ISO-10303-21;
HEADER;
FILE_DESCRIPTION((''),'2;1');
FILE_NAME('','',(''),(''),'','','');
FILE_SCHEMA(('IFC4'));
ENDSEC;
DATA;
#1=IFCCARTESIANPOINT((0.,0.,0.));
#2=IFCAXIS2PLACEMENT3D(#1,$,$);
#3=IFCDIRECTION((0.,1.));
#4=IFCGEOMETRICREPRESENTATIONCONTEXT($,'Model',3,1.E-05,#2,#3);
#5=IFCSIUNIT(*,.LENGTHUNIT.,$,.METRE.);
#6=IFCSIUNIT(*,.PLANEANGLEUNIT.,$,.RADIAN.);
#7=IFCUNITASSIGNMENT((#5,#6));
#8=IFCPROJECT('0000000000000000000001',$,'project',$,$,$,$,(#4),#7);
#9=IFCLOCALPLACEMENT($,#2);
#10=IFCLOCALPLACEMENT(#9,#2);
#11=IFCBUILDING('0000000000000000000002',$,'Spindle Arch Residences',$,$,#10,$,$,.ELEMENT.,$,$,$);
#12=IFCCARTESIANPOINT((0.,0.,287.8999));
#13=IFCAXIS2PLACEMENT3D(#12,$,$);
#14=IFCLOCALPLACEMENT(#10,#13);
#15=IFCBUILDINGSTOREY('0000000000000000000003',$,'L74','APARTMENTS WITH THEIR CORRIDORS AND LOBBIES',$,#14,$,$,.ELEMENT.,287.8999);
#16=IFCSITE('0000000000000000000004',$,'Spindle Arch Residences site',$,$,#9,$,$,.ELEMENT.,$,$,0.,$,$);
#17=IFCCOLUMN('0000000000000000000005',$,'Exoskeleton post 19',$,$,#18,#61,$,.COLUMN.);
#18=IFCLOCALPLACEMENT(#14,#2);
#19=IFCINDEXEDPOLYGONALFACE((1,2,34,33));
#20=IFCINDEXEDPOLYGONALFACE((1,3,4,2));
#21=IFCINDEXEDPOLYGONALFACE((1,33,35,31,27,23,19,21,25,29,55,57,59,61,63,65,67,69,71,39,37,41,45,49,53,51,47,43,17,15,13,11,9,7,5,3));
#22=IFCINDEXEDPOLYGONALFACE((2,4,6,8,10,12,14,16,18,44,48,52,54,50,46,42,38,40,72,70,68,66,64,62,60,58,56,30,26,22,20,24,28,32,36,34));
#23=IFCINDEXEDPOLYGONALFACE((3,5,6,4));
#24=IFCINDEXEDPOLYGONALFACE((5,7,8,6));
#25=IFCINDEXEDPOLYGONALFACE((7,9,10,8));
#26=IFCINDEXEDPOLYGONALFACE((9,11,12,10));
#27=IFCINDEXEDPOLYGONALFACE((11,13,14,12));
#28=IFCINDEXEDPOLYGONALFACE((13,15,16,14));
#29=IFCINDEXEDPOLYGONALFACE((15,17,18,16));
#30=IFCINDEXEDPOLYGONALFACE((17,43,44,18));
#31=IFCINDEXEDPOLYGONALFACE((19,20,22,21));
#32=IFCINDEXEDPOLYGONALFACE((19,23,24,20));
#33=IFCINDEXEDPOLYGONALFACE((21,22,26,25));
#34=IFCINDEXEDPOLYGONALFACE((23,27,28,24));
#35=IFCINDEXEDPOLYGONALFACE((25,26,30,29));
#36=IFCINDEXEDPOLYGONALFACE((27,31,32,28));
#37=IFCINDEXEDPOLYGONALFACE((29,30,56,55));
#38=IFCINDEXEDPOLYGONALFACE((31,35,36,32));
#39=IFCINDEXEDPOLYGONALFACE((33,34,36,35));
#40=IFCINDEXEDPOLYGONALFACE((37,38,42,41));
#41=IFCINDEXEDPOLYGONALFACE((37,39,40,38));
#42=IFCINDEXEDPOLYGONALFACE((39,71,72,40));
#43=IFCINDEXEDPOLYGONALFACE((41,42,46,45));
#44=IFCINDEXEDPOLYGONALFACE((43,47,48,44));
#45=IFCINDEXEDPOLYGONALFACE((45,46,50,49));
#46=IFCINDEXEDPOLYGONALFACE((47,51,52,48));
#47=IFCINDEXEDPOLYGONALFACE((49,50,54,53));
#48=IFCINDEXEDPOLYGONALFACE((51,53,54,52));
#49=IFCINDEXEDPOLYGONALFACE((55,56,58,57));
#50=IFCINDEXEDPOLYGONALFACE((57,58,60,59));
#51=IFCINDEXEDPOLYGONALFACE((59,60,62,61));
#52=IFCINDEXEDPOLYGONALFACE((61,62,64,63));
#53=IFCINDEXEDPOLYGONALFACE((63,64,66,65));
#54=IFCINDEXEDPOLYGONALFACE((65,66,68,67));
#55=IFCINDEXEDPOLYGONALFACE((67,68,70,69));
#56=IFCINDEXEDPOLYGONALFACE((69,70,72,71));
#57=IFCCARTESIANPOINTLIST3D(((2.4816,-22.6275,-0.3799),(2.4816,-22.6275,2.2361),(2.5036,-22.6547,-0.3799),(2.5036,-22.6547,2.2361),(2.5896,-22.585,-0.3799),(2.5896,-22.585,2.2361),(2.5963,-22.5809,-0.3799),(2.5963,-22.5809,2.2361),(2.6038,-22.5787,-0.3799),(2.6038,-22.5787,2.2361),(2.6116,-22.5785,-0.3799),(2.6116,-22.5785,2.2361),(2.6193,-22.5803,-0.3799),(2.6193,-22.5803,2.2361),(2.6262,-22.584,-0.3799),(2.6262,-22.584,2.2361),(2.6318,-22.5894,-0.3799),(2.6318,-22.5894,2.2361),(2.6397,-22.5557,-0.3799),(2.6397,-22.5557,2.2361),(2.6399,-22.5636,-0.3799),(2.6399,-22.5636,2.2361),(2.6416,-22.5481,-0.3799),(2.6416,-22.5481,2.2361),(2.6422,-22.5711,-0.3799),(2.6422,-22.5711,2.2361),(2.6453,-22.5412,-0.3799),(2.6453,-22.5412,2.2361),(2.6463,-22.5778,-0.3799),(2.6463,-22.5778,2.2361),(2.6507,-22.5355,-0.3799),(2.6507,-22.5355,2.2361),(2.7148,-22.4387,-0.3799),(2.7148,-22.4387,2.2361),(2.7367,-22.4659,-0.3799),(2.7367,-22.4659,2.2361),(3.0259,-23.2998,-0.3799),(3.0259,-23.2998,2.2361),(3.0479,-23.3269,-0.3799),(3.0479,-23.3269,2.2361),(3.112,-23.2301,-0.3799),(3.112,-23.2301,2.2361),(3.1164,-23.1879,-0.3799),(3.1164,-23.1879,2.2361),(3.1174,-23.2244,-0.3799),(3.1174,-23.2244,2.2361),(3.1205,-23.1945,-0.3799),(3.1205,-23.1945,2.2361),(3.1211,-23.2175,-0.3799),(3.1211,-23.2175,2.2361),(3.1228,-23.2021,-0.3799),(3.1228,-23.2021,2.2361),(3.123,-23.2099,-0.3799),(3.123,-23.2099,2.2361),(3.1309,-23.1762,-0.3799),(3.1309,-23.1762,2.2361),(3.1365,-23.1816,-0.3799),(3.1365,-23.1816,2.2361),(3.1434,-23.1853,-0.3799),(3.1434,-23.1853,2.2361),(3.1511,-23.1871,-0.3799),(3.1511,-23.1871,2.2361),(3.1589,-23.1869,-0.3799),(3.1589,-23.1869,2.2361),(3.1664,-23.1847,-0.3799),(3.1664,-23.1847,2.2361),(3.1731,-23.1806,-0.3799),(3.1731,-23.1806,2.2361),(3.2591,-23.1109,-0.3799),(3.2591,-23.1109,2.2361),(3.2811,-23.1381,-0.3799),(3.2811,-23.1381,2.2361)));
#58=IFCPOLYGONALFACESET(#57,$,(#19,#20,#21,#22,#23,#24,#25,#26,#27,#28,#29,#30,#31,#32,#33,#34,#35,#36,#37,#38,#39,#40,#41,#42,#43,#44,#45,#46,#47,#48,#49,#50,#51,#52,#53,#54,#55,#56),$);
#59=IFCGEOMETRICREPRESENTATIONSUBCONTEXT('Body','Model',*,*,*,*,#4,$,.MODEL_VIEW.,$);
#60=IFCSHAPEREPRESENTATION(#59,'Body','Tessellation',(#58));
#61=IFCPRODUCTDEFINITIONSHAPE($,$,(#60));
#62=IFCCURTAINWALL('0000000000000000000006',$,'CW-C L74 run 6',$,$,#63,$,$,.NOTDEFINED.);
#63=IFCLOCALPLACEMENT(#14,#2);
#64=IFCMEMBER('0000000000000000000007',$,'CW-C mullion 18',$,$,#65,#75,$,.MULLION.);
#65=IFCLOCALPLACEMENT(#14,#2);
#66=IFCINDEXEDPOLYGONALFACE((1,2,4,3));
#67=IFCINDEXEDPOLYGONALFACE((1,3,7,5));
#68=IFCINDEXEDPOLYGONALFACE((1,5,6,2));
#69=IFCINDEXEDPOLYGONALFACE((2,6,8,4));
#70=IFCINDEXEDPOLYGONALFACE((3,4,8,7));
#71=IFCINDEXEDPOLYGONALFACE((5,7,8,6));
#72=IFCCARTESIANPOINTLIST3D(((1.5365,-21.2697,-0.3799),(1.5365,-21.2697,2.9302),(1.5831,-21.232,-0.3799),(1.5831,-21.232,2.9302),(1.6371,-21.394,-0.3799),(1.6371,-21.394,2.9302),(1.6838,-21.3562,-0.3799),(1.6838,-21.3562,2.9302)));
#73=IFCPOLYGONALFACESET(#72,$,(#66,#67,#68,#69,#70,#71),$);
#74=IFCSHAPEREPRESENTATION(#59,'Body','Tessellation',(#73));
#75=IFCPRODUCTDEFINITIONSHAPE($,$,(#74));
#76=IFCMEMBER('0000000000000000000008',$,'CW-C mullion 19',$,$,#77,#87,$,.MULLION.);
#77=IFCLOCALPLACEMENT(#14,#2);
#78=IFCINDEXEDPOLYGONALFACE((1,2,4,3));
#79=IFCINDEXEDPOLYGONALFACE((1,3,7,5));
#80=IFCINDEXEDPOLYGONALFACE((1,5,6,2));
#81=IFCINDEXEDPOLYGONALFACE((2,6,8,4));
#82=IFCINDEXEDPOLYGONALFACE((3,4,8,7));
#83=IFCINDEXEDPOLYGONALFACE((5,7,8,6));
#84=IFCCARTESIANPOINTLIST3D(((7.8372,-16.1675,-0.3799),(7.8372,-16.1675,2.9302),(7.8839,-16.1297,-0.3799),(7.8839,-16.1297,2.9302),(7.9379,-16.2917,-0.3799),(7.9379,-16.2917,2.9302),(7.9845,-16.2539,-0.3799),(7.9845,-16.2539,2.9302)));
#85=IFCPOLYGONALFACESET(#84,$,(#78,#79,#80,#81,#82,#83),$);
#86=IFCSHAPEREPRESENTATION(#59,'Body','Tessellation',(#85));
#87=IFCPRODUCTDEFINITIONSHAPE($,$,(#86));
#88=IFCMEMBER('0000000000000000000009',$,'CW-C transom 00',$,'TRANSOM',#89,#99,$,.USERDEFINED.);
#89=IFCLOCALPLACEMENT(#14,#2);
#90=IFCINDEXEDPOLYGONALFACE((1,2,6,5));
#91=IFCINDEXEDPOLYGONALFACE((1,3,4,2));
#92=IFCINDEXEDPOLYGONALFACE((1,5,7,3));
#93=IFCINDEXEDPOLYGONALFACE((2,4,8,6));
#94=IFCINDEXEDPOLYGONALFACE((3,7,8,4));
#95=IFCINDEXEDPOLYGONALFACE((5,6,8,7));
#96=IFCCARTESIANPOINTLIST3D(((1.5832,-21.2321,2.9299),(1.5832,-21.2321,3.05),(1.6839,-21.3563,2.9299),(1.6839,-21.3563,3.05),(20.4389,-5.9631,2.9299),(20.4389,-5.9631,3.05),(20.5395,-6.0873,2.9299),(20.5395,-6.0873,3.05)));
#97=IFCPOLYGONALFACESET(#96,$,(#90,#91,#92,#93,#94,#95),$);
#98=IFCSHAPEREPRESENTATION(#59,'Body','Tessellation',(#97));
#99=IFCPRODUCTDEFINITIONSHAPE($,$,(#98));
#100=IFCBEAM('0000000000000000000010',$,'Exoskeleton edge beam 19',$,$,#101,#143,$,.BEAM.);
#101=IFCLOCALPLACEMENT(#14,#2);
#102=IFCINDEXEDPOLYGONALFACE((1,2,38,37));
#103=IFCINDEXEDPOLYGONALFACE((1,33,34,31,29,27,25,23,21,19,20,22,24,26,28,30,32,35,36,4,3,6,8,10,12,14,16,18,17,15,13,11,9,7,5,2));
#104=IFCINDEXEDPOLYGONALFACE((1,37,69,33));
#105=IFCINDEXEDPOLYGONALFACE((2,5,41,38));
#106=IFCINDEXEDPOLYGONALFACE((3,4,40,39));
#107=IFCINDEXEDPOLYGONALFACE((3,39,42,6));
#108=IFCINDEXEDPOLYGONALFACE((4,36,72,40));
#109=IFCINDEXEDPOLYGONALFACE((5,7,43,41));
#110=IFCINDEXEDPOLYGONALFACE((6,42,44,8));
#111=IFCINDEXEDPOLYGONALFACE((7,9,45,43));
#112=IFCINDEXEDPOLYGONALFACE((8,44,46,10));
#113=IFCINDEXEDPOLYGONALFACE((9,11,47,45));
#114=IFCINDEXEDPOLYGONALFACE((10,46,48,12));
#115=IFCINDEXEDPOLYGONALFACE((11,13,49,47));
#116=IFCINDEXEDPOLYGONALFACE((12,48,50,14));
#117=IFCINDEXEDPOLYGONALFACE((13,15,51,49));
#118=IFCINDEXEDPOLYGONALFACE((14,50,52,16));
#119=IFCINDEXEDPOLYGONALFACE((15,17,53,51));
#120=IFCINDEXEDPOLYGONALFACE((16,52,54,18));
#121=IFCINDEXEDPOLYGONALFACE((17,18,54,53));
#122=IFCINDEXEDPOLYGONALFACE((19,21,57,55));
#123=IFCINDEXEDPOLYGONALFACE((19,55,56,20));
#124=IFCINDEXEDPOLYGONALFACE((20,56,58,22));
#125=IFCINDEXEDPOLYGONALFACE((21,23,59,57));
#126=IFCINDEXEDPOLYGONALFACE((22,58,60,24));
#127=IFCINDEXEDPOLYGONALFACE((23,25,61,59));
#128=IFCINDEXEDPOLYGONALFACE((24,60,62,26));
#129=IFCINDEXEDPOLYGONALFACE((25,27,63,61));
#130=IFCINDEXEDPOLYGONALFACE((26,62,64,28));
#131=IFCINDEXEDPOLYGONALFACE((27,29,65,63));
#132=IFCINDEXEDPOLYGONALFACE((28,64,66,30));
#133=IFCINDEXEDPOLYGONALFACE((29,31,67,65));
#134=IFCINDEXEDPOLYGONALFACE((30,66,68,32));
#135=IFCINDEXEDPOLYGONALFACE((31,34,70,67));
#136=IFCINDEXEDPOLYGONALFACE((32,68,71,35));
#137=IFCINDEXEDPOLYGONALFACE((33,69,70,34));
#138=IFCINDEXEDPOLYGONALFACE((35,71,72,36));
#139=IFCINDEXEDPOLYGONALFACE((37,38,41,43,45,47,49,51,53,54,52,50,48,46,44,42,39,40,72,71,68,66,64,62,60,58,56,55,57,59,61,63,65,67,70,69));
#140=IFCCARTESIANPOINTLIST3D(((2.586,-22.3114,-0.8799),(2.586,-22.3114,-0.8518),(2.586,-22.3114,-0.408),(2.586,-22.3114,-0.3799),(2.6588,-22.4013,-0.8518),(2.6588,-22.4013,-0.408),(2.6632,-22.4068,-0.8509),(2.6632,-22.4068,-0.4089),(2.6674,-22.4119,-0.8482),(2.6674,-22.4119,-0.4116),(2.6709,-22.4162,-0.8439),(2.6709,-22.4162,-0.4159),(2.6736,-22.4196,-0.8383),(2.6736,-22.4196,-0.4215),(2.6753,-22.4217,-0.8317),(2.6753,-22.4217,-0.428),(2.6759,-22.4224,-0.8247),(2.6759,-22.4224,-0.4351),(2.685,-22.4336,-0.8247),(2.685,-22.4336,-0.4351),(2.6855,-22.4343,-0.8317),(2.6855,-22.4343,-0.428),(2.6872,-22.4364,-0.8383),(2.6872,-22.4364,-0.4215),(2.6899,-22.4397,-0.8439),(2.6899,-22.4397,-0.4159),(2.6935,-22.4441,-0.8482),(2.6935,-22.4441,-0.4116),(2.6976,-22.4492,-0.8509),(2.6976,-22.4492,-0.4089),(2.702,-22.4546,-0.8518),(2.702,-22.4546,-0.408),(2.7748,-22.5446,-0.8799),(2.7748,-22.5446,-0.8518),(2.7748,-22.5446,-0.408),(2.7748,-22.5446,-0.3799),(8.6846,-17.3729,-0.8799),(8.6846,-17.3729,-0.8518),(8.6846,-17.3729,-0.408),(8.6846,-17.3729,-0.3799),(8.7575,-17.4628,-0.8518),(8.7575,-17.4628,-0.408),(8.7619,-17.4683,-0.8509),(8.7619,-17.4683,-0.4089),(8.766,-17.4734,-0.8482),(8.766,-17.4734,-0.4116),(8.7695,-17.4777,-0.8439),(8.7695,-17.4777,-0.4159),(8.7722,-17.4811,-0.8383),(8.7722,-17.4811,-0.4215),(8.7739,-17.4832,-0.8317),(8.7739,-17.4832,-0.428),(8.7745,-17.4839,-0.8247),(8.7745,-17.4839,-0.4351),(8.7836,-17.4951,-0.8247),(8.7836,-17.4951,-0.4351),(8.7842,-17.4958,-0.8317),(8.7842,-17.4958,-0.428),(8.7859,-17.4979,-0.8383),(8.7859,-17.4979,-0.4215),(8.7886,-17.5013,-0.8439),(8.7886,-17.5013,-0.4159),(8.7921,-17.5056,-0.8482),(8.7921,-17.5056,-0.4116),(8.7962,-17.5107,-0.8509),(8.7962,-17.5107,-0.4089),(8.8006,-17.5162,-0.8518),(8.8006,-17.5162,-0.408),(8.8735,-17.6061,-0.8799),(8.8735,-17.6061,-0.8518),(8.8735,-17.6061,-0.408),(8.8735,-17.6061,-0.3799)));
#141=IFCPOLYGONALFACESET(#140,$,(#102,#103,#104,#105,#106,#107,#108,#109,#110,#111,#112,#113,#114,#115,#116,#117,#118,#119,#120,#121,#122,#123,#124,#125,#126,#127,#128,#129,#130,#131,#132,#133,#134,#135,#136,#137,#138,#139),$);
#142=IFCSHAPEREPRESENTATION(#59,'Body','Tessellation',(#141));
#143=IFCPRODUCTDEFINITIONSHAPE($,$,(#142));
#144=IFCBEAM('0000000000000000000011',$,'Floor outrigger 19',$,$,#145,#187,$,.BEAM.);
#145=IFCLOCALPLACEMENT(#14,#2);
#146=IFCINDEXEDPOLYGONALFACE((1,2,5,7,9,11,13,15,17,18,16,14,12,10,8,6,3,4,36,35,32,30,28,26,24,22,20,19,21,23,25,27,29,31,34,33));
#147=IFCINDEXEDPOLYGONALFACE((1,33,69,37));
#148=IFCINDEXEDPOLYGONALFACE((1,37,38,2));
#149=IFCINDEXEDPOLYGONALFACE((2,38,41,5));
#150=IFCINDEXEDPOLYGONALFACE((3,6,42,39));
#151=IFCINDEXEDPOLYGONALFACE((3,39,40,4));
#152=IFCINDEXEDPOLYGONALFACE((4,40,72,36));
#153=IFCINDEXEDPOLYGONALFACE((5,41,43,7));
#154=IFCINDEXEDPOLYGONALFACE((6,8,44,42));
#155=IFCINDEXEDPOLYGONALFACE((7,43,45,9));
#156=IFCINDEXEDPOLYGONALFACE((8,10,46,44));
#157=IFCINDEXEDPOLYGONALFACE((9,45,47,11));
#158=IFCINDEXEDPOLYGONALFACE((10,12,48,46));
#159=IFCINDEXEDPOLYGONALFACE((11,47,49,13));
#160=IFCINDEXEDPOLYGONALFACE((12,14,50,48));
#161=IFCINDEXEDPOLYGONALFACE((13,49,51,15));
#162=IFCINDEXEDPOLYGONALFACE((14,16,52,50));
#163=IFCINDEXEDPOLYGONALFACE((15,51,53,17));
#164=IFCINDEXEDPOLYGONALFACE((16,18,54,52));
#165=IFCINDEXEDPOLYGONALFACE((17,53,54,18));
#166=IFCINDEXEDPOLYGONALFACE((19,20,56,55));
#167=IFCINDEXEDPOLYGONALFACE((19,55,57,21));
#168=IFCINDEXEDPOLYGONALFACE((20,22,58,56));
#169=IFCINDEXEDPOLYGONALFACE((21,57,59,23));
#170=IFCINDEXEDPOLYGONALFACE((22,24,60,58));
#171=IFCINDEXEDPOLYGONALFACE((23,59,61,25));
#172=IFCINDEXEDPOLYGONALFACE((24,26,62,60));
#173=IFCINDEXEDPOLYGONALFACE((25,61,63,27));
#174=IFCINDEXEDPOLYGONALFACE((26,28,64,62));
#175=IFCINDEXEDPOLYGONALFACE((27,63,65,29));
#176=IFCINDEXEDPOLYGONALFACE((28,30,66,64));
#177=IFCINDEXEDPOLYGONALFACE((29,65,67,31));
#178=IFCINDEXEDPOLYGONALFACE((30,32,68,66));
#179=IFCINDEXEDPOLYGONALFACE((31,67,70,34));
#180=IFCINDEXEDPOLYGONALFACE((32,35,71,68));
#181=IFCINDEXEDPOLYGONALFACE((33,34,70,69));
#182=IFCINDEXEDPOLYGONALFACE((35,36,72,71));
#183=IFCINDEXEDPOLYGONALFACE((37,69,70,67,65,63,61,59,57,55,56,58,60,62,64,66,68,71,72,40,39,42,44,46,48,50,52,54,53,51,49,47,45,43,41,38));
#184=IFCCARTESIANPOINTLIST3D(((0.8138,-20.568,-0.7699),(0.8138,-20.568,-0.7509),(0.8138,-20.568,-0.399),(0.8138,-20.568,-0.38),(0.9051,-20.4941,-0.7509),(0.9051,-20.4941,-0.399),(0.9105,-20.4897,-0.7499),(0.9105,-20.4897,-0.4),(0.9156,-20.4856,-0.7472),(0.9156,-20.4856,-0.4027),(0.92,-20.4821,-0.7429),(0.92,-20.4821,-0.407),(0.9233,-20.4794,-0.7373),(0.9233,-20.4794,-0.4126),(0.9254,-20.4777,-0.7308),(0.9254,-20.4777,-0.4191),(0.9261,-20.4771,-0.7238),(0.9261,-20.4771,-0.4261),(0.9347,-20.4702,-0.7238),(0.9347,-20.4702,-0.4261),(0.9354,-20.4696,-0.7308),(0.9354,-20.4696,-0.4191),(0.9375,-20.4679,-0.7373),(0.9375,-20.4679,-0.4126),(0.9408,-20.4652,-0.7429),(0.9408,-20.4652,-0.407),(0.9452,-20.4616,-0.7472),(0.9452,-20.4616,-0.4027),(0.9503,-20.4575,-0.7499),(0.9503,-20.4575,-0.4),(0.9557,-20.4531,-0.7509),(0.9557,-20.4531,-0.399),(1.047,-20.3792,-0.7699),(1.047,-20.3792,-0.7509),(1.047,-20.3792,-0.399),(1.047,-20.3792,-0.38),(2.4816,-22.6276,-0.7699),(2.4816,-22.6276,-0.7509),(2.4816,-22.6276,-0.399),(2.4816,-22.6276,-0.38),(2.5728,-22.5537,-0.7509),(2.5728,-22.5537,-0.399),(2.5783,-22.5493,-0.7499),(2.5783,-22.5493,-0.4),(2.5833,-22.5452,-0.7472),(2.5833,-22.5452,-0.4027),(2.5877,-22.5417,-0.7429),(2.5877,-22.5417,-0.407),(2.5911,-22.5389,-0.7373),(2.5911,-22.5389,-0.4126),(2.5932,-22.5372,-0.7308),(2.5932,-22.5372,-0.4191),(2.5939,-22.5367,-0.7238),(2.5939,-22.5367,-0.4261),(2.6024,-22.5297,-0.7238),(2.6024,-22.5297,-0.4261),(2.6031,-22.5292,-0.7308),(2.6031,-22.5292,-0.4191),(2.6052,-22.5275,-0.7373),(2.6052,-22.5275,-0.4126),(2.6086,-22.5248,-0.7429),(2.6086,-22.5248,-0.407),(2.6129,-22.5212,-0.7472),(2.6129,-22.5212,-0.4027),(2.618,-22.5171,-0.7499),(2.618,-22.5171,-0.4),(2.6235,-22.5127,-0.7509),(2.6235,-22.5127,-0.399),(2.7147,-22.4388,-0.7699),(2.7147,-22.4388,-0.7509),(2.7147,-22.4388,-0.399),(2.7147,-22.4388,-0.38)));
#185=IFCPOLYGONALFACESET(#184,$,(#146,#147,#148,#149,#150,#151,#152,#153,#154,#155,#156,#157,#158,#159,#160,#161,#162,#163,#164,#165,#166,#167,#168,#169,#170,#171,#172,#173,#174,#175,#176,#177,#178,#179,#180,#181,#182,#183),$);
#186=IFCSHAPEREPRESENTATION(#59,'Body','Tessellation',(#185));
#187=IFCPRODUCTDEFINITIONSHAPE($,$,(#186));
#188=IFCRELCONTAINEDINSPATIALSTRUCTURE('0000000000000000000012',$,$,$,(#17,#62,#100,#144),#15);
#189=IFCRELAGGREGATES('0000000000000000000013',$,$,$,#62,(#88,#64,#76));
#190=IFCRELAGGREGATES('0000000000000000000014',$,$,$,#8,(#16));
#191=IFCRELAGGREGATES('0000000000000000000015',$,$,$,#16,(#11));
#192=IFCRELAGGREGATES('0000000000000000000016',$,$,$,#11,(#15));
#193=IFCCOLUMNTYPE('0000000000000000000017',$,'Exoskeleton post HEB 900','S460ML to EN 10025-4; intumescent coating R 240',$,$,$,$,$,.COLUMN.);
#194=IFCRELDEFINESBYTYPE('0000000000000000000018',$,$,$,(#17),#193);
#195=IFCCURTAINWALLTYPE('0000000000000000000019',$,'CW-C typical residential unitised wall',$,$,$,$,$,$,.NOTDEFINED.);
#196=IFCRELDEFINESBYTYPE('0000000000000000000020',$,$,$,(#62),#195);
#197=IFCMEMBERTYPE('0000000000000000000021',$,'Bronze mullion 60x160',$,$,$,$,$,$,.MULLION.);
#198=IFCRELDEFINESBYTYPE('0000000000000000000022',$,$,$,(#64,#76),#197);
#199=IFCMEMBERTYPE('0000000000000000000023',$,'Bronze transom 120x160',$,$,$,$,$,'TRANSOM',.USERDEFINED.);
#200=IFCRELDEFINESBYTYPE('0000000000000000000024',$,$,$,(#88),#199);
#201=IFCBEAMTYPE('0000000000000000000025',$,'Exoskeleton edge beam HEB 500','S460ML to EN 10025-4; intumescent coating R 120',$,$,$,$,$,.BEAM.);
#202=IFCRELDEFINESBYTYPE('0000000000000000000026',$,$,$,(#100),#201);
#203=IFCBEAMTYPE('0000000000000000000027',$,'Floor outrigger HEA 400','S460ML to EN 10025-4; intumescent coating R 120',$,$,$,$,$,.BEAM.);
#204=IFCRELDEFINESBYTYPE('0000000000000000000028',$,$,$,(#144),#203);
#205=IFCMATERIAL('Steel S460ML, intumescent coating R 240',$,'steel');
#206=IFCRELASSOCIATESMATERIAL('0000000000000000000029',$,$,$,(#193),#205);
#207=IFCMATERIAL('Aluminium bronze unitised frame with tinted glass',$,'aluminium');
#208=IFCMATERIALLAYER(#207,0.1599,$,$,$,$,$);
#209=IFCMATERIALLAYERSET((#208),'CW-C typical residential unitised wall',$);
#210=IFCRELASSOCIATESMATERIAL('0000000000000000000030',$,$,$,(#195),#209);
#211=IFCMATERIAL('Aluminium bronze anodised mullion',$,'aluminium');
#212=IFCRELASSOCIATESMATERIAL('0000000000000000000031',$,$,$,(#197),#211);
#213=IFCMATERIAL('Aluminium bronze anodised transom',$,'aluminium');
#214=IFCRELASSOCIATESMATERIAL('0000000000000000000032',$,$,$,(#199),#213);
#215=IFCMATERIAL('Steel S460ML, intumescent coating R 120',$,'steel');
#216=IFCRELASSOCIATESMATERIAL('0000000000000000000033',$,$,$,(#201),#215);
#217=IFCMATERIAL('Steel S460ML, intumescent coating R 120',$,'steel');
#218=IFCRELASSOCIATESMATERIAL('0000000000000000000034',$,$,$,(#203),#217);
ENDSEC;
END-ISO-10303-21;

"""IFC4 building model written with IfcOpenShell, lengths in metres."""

from ifc_helpers import new_model, si_unit, direction, frame, origin, origin_2d, place, context, subcontext, project, spatial, rectangle, i_section, extrude, material, layer, layer_set, material_profile, profile_set, type_object, element, aggregate, save


model = new_model("IFC4")

# Units and contexts
model_context = context("Model", 3, precision=1e-05, world=origin(), true_north=direction((0.0, 1.0)))
body_context = subcontext(model_context, "Body", "Model", "MODEL_VIEW")
ifc_project = project(units=[si_unit("LENGTHUNIT", "METRE"), si_unit("PLANEANGLEUNIT", "RADIAN")], contexts=[model_context])

# Site, building, storey
site_placement = place(None, origin())
site = spatial("IfcSite", under=ifc_project, at=site_placement, Name="Spindle Arch Residences site", CompositionType="ELEMENT", RefElevation=0.0)
building_placement = place(site_placement, origin())
building = spatial("IfcBuilding", under=site, at=building_placement, Name="Spindle Arch Residences", CompositionType="ELEMENT")
storey_placement = place(building_placement, frame((0.0, 0.0, 287.8999)))
storey = spatial("IfcBuildingStorey", under=building, at=storey_placement, Name="L74", Description="APARTMENTS WITH THEIR CORRIDORS AND LOBBIES", CompositionType="ELEMENT", Elevation=287.8999)

# Column
ifc_material_1 = material(Name="Steel S460ML, intumescent coating R 240", Category="steel")
ifc_material_profile_1 = material_profile(ifc_material_1, i_section(OverallWidth=0.3, OverallDepth=0.8999, WebThickness=0.0186, FlangeThickness=0.0349, FilletRadius=0.03, at=origin_2d()), Name="HEB 900")
ifc_profile_set_1 = profile_set([ifc_material_profile_1], Name="Steel S460ML, intumescent coating R 240")
column_type = type_object("IfcColumnType", Name="Exoskeleton post HEB 900", Description="S460ML to EN 10025-4; intumescent coating R 240", PredefinedType="COLUMN", material=ifc_profile_set_1)
column_placement = place(storey_placement, frame((2.8813, -22.8828, -0.3799), z_axis=(0.0, 0.0, 1.0), x_axis=(-0.777146, -0.62932, 0.0)))
element("IfcColumn", 1, at=column_placement, inside=storey, type_object=column_type, Name="Exoskeleton post 19", PredefinedType="COLUMN", context=body_context, shape_type="SweptSolid", body=[
    extrude(i_section(OverallWidth=0.3, OverallDepth=0.8999, WebThickness=0.0186, FlangeThickness=0.0349, FilletRadius=0.03, at=origin_2d()), origin(), (0.0, 0.0, 1.0), 2.616),
])

# Curtain wall, members
ifc_material_2 = material(Name="Aluminium bronze unitised frame with tinted glass", Category="aluminium")
ifc_layer_1 = layer(ifc_material_2, 0.1599)
ifc_layer_set_1 = layer_set([ifc_layer_1], Name="CW-C typical residential unitised wall")
curtain_wall_type_1 = type_object("IfcCurtainWallType", Name="CW-C typical residential unitised wall", PredefinedType="NOTDEFINED", material=ifc_layer_set_1)
curtain_wall_1_placement = place(storey_placement, origin())
curtain_wall_1 = element("IfcCurtainWall", 2, at=curtain_wall_1_placement, inside=storey, type_object=curtain_wall_type_1, Name="CW-C L74 run 6", PredefinedType="NOTDEFINED")
ifc_material_3 = material(Name="Aluminium bronze anodised mullion", Category="aluminium")
ifc_material_profile_2 = material_profile(ifc_material_3, rectangle(XDim=0.1599, YDim=0.0601, at=origin_2d()), Name="MU 60x160")
ifc_profile_set_2 = profile_set([ifc_material_profile_2], Name="Aluminium bronze anodised mullion")
member_type_1 = type_object("IfcMemberType", Name="Bronze mullion 60x160", PredefinedType="MULLION", material=ifc_profile_set_2)
member_1_placement = place(storey_placement, frame((1.6101, -21.313, -0.3799), z_axis=(0.0, 0.0, 1.0), x_axis=(-0.62932, 0.777146, 0.0)))
member_1 = element("IfcMember", 3, at=member_1_placement, type_object=member_type_1, Name="CW-C mullion 18", PredefinedType="MULLION", context=body_context, shape_type="SweptSolid", body=[
    extrude(rectangle(XDim=0.1599, YDim=0.0601, at=origin_2d()), origin(), (0.0, 0.0, 1.0), 3.3101),
])
member_2_placement = place(storey_placement, frame((7.9109, -16.2107, -0.3799), z_axis=(0.0, 0.0, 1.0), x_axis=(-0.62932, 0.777146, 0.0)))
member_2 = element("IfcMember", 4, at=member_2_placement, type_object=member_type_1, Name="CW-C mullion 19", PredefinedType="MULLION", context=body_context, shape_type="SweptSolid", body=[
    extrude(rectangle(XDim=0.1599, YDim=0.0601, at=origin_2d()), origin(), (0.0, 0.0, 1.0), 3.3101),
])
ifc_material_4 = material(Name="Aluminium bronze anodised transom", Category="aluminium")
ifc_material_profile_3 = material_profile(ifc_material_4, rectangle(XDim=0.1599, YDim=0.1201, at=origin_2d()), Name="TR 120x160")
ifc_profile_set_3 = profile_set([ifc_material_profile_3], Name="Aluminium bronze anodised transom")
member_type_2 = type_object("IfcMemberType", Name="Bronze transom 120x160", ElementType="TRANSOM", PredefinedType="USERDEFINED", material=ifc_profile_set_3)
member_3_placement = place(storey_placement, frame((1.6335, -21.2942, 2.99), z_axis=(0.777146, 0.62932, 0.0), x_axis=(-0.62932, 0.777146, 0.0)))
member_3 = element("IfcMember", 5, at=member_3_placement, type_object=member_type_2, Name="CW-C transom 00", ObjectType="TRANSOM", PredefinedType="USERDEFINED", context=body_context, shape_type="SweptSolid", body=[
    extrude(rectangle(XDim=0.1599, YDim=0.1201, at=origin_2d()), origin(), (0.0, 0.0, 1.0), 24.2627),
])

# Beams
ifc_material_5 = material(Name="Steel S460ML, intumescent coating R 120", Category="steel")
ifc_material_profile_4 = material_profile(ifc_material_5, i_section(OverallWidth=0.3, OverallDepth=0.5, WebThickness=0.0144, FlangeThickness=0.0281, FilletRadius=0.0271, at=origin_2d()), Name="HEB 500")
ifc_profile_set_4 = profile_set([ifc_material_profile_4], Name="Steel S460ML, intumescent coating R 120")
beam_type_1 = type_object("IfcBeamType", Name="Exoskeleton edge beam HEB 500", Description="S460ML to EN 10025-4; intumescent coating R 120", PredefinedType="BEAM", material=ifc_profile_set_4)
beam_1_placement = place(storey_placement, frame((2.6804, -22.428, -0.6299), z_axis=(0.777152, 0.629313, 0.0), x_axis=(-0.629313, 0.777152, 0.0)))
element("IfcBeam", 6, at=beam_1_placement, inside=storey, type_object=beam_type_1, Name="Exoskeleton edge beam 19", PredefinedType="BEAM", context=body_context, shape_type="SweptSolid", body=[
    extrude(i_section(OverallWidth=0.3, OverallDepth=0.5, WebThickness=0.0144, FlangeThickness=0.0281, FilletRadius=0.0271, at=origin_2d()), origin(), (0.0, 0.0, 1.0), 7.8474),
])
ifc_material_6 = material(Name="Steel S460ML, intumescent coating R 120", Category="steel")
ifc_material_profile_5 = material_profile(ifc_material_6, i_section(OverallWidth=0.3, OverallDepth=0.3899, WebThickness=0.011, FlangeThickness=0.019, FilletRadius=0.0271, at=origin_2d()), Name="HEA 400")
ifc_profile_set_5 = profile_set([ifc_material_profile_5], Name="Steel S460ML, intumescent coating R 120")
beam_type_2 = type_object("IfcBeamType", Name="Floor outrigger HEA 400", Description="S460ML to EN 10025-4; intumescent coating R 120", PredefinedType="BEAM", material=ifc_profile_set_5)
beam_2_placement = place(storey_placement, frame((2.5981, -22.5332, -0.575), z_axis=(-0.629302, 0.777161, 0.0), x_axis=(-0.777161, -0.629302, 0.0)))
element("IfcBeam", 7, at=beam_2_placement, inside=storey, type_object=beam_type_2, Name="Floor outrigger 19", PredefinedType="BEAM", context=body_context, shape_type="SweptSolid", body=[
    extrude(i_section(OverallWidth=0.3, OverallDepth=0.3899, WebThickness=0.011, FlangeThickness=0.019, FilletRadius=0.0271, at=origin_2d()), origin(), (0.0, 0.0, 1.0), 2.6501),
])

aggregate(curtain_wall_1, [member_3, member_1, member_2])

save(model, "model.ifc")
